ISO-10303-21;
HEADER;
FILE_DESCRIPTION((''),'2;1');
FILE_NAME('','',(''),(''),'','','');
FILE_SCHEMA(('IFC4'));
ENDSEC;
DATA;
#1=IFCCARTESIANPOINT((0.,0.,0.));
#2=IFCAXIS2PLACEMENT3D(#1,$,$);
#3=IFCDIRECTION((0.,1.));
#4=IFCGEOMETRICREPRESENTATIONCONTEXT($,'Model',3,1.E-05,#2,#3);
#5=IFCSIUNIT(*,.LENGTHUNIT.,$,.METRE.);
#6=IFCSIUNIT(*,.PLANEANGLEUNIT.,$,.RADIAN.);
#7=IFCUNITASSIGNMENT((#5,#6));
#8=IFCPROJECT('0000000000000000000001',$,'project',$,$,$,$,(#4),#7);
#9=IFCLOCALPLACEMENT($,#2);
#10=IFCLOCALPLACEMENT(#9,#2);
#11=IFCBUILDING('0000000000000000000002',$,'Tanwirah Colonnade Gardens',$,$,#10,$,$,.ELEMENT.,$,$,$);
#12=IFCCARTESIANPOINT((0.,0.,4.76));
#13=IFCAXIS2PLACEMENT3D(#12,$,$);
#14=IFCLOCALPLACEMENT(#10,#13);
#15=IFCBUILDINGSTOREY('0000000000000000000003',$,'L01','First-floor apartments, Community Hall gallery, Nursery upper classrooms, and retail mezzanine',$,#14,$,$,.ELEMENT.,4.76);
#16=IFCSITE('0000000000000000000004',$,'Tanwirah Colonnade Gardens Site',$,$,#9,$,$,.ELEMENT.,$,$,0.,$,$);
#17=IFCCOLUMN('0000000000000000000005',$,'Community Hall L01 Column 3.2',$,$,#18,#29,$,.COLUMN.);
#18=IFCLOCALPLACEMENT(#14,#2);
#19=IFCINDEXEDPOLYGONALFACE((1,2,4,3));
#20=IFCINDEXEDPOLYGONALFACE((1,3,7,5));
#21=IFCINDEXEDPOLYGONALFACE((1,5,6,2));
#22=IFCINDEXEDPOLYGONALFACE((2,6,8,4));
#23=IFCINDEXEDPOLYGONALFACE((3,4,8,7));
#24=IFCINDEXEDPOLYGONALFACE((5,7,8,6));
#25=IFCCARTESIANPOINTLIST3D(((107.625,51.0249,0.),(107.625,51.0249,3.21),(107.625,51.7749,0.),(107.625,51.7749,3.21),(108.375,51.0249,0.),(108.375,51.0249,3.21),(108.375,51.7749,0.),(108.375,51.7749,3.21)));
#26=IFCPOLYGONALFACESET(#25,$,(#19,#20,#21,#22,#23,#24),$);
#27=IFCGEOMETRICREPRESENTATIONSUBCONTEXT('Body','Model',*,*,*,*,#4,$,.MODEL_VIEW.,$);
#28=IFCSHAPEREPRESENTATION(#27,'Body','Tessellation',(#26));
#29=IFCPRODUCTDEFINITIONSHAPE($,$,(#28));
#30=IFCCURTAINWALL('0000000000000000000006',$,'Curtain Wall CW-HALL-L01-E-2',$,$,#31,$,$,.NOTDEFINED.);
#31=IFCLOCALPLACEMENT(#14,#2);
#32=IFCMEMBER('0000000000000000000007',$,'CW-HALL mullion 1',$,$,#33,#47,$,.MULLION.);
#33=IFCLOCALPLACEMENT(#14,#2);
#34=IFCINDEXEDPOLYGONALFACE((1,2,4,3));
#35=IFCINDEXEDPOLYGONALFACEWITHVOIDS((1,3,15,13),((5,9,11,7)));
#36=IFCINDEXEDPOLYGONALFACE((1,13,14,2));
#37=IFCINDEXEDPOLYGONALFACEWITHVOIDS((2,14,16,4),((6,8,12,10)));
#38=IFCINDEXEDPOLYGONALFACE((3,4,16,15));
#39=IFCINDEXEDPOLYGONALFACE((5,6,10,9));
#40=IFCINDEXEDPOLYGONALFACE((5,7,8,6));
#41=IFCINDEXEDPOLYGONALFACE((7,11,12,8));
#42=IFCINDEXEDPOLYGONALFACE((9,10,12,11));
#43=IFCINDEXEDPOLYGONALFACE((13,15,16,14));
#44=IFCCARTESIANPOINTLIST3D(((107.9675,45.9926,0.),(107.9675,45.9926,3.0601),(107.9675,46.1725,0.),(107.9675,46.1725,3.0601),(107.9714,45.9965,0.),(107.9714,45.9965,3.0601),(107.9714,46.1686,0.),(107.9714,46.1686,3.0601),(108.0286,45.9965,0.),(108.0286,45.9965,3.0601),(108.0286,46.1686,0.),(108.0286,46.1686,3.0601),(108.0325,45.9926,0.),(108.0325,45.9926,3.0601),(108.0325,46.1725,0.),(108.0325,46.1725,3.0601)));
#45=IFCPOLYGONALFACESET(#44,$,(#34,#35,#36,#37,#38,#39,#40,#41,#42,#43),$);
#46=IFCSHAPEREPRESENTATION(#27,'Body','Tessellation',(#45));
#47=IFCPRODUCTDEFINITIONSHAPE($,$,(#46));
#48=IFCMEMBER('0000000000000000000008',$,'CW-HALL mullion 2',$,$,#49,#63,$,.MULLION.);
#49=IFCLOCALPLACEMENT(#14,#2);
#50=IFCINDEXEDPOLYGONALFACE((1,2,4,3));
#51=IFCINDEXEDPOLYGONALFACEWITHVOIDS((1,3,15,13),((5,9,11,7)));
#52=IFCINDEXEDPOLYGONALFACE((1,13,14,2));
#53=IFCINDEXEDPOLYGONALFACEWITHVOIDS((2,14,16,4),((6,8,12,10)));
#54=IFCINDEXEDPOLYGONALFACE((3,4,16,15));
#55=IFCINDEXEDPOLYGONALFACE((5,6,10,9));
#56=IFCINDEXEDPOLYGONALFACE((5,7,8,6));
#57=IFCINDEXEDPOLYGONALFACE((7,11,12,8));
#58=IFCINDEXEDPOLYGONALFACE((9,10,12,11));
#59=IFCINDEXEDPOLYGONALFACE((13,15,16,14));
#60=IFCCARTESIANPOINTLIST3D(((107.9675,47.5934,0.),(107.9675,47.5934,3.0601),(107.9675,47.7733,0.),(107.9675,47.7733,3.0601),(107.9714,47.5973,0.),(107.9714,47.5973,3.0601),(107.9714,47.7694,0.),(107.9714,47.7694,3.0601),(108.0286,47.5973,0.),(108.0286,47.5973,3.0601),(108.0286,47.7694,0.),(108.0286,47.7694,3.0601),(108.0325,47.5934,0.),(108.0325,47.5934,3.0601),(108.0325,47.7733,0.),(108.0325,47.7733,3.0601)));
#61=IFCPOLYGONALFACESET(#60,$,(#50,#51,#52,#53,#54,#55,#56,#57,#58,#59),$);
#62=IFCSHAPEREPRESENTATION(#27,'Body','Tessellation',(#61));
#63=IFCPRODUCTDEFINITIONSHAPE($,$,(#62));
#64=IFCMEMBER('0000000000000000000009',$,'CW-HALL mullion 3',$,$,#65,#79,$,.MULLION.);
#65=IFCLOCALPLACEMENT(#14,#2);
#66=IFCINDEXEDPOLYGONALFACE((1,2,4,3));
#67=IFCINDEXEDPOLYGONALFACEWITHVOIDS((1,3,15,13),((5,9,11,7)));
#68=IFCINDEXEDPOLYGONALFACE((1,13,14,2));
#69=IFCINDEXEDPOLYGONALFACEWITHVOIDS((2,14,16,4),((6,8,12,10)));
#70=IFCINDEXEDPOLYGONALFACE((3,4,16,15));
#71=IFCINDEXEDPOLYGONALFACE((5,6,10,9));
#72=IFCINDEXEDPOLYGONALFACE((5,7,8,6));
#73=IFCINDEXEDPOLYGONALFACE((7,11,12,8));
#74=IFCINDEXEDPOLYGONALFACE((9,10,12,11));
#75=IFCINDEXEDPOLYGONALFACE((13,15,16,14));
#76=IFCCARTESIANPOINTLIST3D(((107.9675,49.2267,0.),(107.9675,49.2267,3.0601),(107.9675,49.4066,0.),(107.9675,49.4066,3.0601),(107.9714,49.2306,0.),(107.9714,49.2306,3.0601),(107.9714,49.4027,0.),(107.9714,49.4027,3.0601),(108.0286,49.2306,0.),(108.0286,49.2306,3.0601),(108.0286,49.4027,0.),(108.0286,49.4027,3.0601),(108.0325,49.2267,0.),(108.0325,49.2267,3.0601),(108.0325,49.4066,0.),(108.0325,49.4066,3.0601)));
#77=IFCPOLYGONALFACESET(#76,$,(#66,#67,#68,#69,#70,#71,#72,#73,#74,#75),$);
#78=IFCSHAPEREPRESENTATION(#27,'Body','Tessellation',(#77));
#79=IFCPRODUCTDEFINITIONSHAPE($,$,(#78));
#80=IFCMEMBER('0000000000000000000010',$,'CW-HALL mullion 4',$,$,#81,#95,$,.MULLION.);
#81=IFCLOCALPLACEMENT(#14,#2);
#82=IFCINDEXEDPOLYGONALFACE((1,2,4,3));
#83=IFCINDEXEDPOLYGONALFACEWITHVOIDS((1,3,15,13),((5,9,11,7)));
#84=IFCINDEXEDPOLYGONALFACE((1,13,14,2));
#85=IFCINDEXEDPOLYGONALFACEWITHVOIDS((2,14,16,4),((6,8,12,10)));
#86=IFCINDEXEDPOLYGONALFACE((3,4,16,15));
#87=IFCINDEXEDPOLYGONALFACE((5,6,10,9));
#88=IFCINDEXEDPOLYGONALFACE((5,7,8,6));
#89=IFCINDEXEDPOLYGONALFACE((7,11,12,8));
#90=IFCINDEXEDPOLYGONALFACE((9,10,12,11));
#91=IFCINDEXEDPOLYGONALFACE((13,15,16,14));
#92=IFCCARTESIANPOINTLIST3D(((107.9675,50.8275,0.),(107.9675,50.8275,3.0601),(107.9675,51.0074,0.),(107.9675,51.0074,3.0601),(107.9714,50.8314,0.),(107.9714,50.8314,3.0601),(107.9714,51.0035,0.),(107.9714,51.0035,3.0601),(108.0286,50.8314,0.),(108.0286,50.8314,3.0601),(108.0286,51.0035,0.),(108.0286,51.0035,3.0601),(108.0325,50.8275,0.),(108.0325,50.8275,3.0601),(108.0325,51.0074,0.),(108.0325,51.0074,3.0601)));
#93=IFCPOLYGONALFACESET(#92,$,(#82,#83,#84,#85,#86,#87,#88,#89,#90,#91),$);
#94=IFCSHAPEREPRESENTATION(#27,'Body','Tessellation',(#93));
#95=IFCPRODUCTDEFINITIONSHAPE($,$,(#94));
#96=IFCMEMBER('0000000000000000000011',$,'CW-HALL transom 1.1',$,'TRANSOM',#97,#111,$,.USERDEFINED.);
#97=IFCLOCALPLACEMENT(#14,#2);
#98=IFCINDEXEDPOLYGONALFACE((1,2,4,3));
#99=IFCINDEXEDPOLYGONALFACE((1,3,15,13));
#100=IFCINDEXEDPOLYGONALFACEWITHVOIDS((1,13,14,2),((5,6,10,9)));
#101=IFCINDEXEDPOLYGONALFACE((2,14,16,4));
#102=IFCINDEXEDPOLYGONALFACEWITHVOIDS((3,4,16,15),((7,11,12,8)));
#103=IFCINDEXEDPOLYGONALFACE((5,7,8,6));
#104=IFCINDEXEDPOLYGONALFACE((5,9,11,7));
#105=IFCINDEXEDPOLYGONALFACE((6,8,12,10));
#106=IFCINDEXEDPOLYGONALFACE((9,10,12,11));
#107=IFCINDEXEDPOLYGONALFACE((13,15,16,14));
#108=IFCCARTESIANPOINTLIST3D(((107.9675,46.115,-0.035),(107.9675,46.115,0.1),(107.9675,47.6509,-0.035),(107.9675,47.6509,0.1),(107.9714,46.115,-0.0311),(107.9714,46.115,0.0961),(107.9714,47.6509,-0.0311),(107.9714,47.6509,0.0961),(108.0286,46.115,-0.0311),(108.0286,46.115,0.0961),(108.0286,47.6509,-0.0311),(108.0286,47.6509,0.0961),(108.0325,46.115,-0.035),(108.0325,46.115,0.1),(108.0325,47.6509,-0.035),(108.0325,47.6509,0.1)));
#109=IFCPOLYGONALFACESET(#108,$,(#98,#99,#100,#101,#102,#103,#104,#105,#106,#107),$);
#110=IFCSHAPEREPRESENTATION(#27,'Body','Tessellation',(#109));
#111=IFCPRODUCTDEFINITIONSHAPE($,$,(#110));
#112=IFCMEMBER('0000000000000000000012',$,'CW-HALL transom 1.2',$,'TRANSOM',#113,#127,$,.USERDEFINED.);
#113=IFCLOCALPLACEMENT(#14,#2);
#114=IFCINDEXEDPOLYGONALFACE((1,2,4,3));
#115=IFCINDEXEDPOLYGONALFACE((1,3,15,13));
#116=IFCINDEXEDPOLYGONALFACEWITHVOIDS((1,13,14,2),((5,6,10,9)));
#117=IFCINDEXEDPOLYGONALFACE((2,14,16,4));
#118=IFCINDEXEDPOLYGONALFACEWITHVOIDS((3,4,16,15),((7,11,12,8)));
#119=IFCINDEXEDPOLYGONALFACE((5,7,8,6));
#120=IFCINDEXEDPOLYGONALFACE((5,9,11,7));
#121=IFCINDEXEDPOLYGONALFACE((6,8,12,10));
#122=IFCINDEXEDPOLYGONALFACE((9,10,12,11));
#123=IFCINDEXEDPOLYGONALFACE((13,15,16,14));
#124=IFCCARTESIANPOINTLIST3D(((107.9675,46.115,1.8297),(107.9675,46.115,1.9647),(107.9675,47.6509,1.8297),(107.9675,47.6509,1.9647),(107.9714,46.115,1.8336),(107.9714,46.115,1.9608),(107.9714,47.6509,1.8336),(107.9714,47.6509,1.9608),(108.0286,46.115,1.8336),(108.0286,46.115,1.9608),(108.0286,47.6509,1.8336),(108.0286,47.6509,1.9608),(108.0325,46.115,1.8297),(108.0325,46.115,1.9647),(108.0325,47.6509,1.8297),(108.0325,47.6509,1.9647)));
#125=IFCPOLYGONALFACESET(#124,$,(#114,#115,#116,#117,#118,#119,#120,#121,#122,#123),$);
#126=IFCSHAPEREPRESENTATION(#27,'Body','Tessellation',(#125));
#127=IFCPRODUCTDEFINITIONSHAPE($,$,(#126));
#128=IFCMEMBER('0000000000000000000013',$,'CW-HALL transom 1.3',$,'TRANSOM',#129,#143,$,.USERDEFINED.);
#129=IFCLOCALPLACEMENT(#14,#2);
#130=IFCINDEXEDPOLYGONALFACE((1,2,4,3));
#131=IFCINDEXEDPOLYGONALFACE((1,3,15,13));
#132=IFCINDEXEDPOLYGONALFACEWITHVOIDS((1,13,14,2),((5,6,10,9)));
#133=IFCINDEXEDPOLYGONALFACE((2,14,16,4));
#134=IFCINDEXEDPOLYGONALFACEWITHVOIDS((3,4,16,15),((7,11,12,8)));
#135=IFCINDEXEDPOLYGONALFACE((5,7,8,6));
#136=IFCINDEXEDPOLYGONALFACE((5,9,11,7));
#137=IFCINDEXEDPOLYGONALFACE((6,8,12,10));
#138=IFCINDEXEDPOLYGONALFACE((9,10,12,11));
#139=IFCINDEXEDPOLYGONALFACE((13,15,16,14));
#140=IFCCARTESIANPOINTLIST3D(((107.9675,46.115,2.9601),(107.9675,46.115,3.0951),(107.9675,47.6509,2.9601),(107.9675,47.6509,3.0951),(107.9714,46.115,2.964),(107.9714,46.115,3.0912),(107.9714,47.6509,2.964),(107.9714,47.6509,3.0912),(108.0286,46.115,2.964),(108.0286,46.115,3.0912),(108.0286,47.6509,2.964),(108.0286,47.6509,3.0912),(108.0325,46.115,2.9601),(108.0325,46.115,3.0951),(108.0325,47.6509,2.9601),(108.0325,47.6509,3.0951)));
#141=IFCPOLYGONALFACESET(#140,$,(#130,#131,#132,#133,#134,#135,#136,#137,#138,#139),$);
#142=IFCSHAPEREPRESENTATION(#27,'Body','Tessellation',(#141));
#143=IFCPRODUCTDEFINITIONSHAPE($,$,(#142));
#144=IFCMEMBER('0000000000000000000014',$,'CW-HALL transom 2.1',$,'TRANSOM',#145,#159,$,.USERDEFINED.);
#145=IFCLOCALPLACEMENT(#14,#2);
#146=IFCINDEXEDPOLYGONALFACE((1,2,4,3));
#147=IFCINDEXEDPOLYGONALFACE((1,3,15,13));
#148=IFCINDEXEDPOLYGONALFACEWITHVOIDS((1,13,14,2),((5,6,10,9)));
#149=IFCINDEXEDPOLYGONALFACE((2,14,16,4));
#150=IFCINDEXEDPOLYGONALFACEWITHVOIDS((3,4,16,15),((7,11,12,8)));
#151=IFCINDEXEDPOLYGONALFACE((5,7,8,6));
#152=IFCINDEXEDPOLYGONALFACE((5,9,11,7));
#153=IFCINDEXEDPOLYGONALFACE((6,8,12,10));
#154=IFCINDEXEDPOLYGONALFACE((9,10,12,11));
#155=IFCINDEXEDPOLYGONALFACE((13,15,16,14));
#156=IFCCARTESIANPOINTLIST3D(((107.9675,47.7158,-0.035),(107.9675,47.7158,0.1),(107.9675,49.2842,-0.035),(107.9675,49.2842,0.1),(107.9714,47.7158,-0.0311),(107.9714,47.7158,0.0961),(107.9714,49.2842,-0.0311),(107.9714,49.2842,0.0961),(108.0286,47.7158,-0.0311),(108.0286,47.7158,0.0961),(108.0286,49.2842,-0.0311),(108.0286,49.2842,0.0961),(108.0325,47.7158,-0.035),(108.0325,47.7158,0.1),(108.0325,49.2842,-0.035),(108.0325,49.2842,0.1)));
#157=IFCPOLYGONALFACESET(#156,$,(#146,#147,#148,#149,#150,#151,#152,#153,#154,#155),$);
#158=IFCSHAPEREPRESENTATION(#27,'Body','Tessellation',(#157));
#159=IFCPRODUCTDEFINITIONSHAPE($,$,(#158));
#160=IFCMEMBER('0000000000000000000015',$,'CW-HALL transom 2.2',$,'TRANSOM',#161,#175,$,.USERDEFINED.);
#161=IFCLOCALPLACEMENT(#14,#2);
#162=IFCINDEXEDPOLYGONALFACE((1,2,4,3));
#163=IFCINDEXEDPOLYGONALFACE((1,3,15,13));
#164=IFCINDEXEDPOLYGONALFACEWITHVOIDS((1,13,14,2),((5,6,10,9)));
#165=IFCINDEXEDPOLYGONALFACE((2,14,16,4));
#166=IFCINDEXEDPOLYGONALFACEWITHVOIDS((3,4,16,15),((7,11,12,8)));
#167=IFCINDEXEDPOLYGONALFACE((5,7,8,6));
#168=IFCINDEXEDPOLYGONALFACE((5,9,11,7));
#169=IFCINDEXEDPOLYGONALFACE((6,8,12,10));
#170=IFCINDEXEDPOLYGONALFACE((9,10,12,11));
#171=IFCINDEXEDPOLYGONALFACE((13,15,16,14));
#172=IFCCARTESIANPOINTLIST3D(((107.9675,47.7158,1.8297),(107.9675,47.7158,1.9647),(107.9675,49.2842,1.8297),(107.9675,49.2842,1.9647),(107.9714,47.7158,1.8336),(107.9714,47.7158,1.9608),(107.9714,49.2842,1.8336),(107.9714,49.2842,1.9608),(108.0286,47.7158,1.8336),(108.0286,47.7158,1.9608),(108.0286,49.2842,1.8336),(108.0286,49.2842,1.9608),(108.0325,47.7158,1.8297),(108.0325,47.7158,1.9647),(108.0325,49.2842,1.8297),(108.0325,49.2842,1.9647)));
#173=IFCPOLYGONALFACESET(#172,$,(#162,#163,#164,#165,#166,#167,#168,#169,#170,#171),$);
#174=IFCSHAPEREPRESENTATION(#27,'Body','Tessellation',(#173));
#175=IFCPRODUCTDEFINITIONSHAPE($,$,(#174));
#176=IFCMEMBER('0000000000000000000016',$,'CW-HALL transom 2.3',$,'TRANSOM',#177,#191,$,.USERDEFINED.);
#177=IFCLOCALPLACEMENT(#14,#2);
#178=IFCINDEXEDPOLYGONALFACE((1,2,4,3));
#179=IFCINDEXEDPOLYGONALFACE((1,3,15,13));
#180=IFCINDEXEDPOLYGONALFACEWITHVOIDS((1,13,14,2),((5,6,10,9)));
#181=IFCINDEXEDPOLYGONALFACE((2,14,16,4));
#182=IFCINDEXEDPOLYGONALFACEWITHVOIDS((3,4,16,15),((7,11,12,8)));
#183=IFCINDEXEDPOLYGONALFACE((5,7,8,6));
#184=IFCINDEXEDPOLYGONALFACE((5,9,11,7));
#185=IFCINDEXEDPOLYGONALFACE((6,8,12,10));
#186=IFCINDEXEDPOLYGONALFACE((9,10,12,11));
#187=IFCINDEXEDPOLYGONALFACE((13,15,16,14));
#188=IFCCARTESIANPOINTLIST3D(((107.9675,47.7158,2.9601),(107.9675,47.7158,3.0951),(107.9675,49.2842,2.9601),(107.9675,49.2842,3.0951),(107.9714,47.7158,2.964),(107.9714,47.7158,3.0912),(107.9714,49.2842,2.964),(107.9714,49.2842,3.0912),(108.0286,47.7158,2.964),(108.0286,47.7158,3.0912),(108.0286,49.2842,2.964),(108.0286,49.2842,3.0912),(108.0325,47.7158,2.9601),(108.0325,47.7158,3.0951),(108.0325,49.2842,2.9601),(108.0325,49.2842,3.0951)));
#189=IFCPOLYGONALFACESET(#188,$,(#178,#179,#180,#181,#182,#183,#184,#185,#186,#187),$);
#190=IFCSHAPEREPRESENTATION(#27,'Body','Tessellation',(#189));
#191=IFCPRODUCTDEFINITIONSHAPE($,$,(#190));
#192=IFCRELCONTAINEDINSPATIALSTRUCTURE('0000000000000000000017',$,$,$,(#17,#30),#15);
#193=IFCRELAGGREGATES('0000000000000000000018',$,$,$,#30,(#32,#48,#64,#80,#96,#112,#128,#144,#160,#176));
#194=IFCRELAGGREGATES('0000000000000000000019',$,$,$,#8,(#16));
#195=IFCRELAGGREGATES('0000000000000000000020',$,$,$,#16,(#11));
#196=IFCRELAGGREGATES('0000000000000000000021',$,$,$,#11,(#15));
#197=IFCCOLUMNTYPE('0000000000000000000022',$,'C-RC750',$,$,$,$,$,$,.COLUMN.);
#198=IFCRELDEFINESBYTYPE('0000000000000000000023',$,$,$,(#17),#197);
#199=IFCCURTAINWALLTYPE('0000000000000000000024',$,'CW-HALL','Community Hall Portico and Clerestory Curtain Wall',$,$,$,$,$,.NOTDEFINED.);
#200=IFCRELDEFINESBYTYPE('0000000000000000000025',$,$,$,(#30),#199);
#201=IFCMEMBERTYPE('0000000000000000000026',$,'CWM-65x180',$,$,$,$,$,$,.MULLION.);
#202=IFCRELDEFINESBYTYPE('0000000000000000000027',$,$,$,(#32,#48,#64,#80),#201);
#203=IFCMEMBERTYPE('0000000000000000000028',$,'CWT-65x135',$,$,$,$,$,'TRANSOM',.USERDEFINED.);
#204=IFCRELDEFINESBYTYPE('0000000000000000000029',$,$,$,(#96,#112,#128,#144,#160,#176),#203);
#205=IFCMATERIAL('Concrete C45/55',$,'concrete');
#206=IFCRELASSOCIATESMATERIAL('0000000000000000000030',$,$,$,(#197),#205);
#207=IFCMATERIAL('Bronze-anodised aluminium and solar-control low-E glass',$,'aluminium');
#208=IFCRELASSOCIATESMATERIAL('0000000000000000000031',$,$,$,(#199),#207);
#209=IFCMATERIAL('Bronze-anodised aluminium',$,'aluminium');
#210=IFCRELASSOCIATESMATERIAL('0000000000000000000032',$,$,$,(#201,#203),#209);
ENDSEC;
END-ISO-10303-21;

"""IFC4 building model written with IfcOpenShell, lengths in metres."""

from ifc_helpers import new_model, si_unit, direction, frame, origin, origin_2d, place, context, subcontext, project, spatial, rectangle, hollow_rectangle, extrude, material, material_profile, profile_set, type_object, element, aggregate, save


model = new_model("IFC4")

# Units and contexts
model_context = context("Model", 3, precision=1e-05, world=origin(), true_north=direction((0.0, 1.0)))
body_context = subcontext(model_context, "Body", "Model", "MODEL_VIEW")
ifc_project = project(units=[si_unit("LENGTHUNIT", "METRE"), si_unit("PLANEANGLEUNIT", "RADIAN")], contexts=[model_context])

# Site, building, storey
site_placement = place(None, origin())
site = spatial("IfcSite", under=ifc_project, at=site_placement, Name="Tanwirah Colonnade Gardens Site", CompositionType="ELEMENT", RefElevation=0.0)
building_placement = place(site_placement, origin())
building = spatial("IfcBuilding", under=site, at=building_placement, Name="Tanwirah Colonnade Gardens", CompositionType="ELEMENT")
storey_placement = place(building_placement, frame((0.0, 0.0, 4.76)))
storey = spatial("IfcBuildingStorey", under=building, at=storey_placement, Name="L01", Description="First-floor apartments, Community Hall gallery, Nursery upper classrooms, and retail mezzanine", CompositionType="ELEMENT", Elevation=4.76)

# Column
ifc_material_1 = material(Name="Concrete C45/55", Category="concrete")
ifc_material_profile_1 = material_profile(ifc_material_1, rectangle(XDim=0.75, YDim=0.75, at=origin_2d()), Name="RC-COL 750x750")
ifc_profile_set_1 = profile_set([ifc_material_profile_1], Name="Concrete C45/55")
column_type = type_object("IfcColumnType", Name="C-RC750", PredefinedType="COLUMN", material=ifc_profile_set_1)
column_placement = place(storey_placement, frame((108.0, 51.3999, 0.0), z_axis=(0.0, 0.0, 1.0), x_axis=(1.0, 0.0, 0.0)))
element("IfcColumn", 1, at=column_placement, inside=storey, type_object=column_type, Name="Community Hall L01 Column 3.2", PredefinedType="COLUMN", context=body_context, shape_type="SweptSolid", body=[
    extrude(rectangle(XDim=0.75, YDim=0.75, at=origin_2d()), origin(), (0.0, 0.0, 1.0), 3.21),
])

# Curtain wall, members
ifc_material_2 = material(Name="Bronze-anodised aluminium and solar-control low-E glass", Category="aluminium")
curtain_wall_type = type_object("IfcCurtainWallType", Name="CW-HALL", Description="Community Hall Portico and Clerestory Curtain Wall", PredefinedType="NOTDEFINED", material=ifc_material_2)
curtain_wall_placement = place(storey_placement, origin())
curtain_wall = element("IfcCurtainWall", 2, at=curtain_wall_placement, inside=storey, type_object=curtain_wall_type, Name="Curtain Wall CW-HALL-L01-E-2", PredefinedType="NOTDEFINED")
ifc_material_3 = material(Name="Bronze-anodised aluminium", Category="aluminium")
ifc_material_profile_2 = material_profile(ifc_material_3, hollow_rectangle(XDim=0.0649, YDim=0.1799, WallThickness=0.0039, at=origin_2d()), Name="CW-MUL 65x180x4")
ifc_profile_set_2 = profile_set([ifc_material_profile_2], Name="Bronze-anodised aluminium")
member_type_1 = type_object("IfcMemberType", Name="CWM-65x180", PredefinedType="MULLION", material=ifc_profile_set_2)
member_1_placement = place(storey_placement, frame((108.0, 46.0825, 0.0), z_axis=(0.0, 0.0, 1.0), x_axis=(-1.0, 0.0, 0.0)))
member_1 = element("IfcMember", 3, at=member_1_placement, type_object=member_type_1, Name="CW-HALL mullion 1", PredefinedType="MULLION", context=body_context, shape_type="SweptSolid", body=[
    extrude(hollow_rectangle(XDim=0.0649, YDim=0.1799, WallThickness=0.0039, at=origin_2d()), origin(), (0.0, 0.0, 1.0), 3.0601),
])
member_2_placement = place(storey_placement, frame((108.0, 47.6833, 0.0), z_axis=(0.0, 0.0, 1.0), x_axis=(-1.0, 0.0, 0.0)))
member_2 = element("IfcMember", 4, at=member_2_placement, type_object=member_type_1, Name="CW-HALL mullion 2", PredefinedType="MULLION", context=body_context, shape_type="SweptSolid", body=[
    extrude(hollow_rectangle(XDim=0.0649, YDim=0.1799, WallThickness=0.0039, at=origin_2d()), origin(), (0.0, 0.0, 1.0), 3.0601),
])
member_3_placement = place(storey_placement, frame((108.0, 49.3167, 0.0), z_axis=(0.0, 0.0, 1.0), x_axis=(-1.0, 0.0, 0.0)))
member_3 = element("IfcMember", 5, at=member_3_placement, type_object=member_type_1, Name="CW-HALL mullion 3", PredefinedType="MULLION", context=body_context, shape_type="SweptSolid", body=[
    extrude(hollow_rectangle(XDim=0.0649, YDim=0.1799, WallThickness=0.0039, at=origin_2d()), origin(), (0.0, 0.0, 1.0), 3.0601),
])
member_4_placement = place(storey_placement, frame((108.0, 50.9175, 0.0), z_axis=(0.0, 0.0, 1.0), x_axis=(-1.0, 0.0, 0.0)))
member_4 = element("IfcMember", 6, at=member_4_placement, type_object=member_type_1, Name="CW-HALL mullion 4", PredefinedType="MULLION", context=body_context, shape_type="SweptSolid", body=[
    extrude(hollow_rectangle(XDim=0.0649, YDim=0.1799, WallThickness=0.0039, at=origin_2d()), origin(), (0.0, 0.0, 1.0), 3.0601),
])
ifc_material_profile_3 = material_profile(ifc_material_3, hollow_rectangle(XDim=0.0649, YDim=0.135, WallThickness=0.0039, at=origin_2d()), Name="CW-TRN 65x135x4")
ifc_profile_set_3 = profile_set([ifc_material_profile_3], Name="Bronze-anodised aluminium")
member_type_2 = type_object("IfcMemberType", Name="CWT-65x135", ElementType="TRANSOM", PredefinedType="USERDEFINED", material=ifc_profile_set_3)
member_5_placement = place(storey_placement, frame((108.0, 46.115, 0.0325), z_axis=(0.0, 1.0, 0.0), x_axis=(-1.0, 0.0, 0.0)))
member_5 = element("IfcMember", 7, at=member_5_placement, type_object=member_type_2, Name="CW-HALL transom 1.1", ObjectType="TRANSOM", PredefinedType="USERDEFINED", context=body_context, shape_type="SweptSolid", body=[
    extrude(hollow_rectangle(XDim=0.0649, YDim=0.135, WallThickness=0.0039, at=origin_2d()), origin(), (0.0, 0.0, 1.0), 1.5359),
])
member_6_placement = place(storey_placement, frame((108.0, 46.115, 1.8972), z_axis=(0.0, 1.0, 0.0), x_axis=(-1.0, 0.0, 0.0)))
member_6 = element("IfcMember", 8, at=member_6_placement, type_object=member_type_2, Name="CW-HALL transom 1.2", ObjectType="TRANSOM", PredefinedType="USERDEFINED", context=body_context, shape_type="SweptSolid", body=[
    extrude(hollow_rectangle(XDim=0.0649, YDim=0.135, WallThickness=0.0039, at=origin_2d()), origin(), (0.0, 0.0, 1.0), 1.5359),
])
member_7_placement = place(storey_placement, frame((108.0, 46.115, 3.0276), z_axis=(0.0, 1.0, 0.0), x_axis=(-1.0, 0.0, 0.0)))
member_7 = element("IfcMember", 9, at=member_7_placement, type_object=member_type_2, Name="CW-HALL transom 1.3", ObjectType="TRANSOM", PredefinedType="USERDEFINED", context=body_context, shape_type="SweptSolid", body=[
    extrude(hollow_rectangle(XDim=0.0649, YDim=0.135, WallThickness=0.0039, at=origin_2d()), origin(), (0.0, 0.0, 1.0), 1.5359),
])
member_8_placement = place(storey_placement, frame((108.0, 47.7158, 0.0325), z_axis=(0.0, 1.0, 0.0), x_axis=(-1.0, 0.0, 0.0)))
member_8 = element("IfcMember", 10, at=member_8_placement, type_object=member_type_2, Name="CW-HALL transom 2.1", ObjectType="TRANSOM", PredefinedType="USERDEFINED", context=body_context, shape_type="SweptSolid", body=[
    extrude(hollow_rectangle(XDim=0.0649, YDim=0.135, WallThickness=0.0039, at=origin_2d()), origin(), (0.0, 0.0, 1.0), 1.5684),
])
member_9_placement = place(storey_placement, frame((108.0, 47.7158, 1.8972), z_axis=(0.0, 1.0, 0.0), x_axis=(-1.0, 0.0, 0.0)))
member_9 = element("IfcMember", 11, at=member_9_placement, type_object=member_type_2, Name="CW-HALL transom 2.2", ObjectType="TRANSOM", PredefinedType="USERDEFINED", context=body_context, shape_type="SweptSolid", body=[
    extrude(hollow_rectangle(XDim=0.0649, YDim=0.135, WallThickness=0.0039, at=origin_2d()), origin(), (0.0, 0.0, 1.0), 1.5684),
])
member_10_placement = place(storey_placement, frame((108.0, 47.7158, 3.0276), z_axis=(0.0, 1.0, 0.0), x_axis=(-1.0, 0.0, 0.0)))
member_10 = element("IfcMember", 12, at=member_10_placement, type_object=member_type_2, Name="CW-HALL transom 2.3", ObjectType="TRANSOM", PredefinedType="USERDEFINED", context=body_context, shape_type="SweptSolid", body=[
    extrude(hollow_rectangle(XDim=0.0649, YDim=0.135, WallThickness=0.0039, at=origin_2d()), origin(), (0.0, 0.0, 1.0), 1.5684),
])

aggregate(curtain_wall, [member_1, member_2, member_3, member_4, member_5, member_6, member_7, member_8, member_9, member_10])

save(model, "model.ifc")
